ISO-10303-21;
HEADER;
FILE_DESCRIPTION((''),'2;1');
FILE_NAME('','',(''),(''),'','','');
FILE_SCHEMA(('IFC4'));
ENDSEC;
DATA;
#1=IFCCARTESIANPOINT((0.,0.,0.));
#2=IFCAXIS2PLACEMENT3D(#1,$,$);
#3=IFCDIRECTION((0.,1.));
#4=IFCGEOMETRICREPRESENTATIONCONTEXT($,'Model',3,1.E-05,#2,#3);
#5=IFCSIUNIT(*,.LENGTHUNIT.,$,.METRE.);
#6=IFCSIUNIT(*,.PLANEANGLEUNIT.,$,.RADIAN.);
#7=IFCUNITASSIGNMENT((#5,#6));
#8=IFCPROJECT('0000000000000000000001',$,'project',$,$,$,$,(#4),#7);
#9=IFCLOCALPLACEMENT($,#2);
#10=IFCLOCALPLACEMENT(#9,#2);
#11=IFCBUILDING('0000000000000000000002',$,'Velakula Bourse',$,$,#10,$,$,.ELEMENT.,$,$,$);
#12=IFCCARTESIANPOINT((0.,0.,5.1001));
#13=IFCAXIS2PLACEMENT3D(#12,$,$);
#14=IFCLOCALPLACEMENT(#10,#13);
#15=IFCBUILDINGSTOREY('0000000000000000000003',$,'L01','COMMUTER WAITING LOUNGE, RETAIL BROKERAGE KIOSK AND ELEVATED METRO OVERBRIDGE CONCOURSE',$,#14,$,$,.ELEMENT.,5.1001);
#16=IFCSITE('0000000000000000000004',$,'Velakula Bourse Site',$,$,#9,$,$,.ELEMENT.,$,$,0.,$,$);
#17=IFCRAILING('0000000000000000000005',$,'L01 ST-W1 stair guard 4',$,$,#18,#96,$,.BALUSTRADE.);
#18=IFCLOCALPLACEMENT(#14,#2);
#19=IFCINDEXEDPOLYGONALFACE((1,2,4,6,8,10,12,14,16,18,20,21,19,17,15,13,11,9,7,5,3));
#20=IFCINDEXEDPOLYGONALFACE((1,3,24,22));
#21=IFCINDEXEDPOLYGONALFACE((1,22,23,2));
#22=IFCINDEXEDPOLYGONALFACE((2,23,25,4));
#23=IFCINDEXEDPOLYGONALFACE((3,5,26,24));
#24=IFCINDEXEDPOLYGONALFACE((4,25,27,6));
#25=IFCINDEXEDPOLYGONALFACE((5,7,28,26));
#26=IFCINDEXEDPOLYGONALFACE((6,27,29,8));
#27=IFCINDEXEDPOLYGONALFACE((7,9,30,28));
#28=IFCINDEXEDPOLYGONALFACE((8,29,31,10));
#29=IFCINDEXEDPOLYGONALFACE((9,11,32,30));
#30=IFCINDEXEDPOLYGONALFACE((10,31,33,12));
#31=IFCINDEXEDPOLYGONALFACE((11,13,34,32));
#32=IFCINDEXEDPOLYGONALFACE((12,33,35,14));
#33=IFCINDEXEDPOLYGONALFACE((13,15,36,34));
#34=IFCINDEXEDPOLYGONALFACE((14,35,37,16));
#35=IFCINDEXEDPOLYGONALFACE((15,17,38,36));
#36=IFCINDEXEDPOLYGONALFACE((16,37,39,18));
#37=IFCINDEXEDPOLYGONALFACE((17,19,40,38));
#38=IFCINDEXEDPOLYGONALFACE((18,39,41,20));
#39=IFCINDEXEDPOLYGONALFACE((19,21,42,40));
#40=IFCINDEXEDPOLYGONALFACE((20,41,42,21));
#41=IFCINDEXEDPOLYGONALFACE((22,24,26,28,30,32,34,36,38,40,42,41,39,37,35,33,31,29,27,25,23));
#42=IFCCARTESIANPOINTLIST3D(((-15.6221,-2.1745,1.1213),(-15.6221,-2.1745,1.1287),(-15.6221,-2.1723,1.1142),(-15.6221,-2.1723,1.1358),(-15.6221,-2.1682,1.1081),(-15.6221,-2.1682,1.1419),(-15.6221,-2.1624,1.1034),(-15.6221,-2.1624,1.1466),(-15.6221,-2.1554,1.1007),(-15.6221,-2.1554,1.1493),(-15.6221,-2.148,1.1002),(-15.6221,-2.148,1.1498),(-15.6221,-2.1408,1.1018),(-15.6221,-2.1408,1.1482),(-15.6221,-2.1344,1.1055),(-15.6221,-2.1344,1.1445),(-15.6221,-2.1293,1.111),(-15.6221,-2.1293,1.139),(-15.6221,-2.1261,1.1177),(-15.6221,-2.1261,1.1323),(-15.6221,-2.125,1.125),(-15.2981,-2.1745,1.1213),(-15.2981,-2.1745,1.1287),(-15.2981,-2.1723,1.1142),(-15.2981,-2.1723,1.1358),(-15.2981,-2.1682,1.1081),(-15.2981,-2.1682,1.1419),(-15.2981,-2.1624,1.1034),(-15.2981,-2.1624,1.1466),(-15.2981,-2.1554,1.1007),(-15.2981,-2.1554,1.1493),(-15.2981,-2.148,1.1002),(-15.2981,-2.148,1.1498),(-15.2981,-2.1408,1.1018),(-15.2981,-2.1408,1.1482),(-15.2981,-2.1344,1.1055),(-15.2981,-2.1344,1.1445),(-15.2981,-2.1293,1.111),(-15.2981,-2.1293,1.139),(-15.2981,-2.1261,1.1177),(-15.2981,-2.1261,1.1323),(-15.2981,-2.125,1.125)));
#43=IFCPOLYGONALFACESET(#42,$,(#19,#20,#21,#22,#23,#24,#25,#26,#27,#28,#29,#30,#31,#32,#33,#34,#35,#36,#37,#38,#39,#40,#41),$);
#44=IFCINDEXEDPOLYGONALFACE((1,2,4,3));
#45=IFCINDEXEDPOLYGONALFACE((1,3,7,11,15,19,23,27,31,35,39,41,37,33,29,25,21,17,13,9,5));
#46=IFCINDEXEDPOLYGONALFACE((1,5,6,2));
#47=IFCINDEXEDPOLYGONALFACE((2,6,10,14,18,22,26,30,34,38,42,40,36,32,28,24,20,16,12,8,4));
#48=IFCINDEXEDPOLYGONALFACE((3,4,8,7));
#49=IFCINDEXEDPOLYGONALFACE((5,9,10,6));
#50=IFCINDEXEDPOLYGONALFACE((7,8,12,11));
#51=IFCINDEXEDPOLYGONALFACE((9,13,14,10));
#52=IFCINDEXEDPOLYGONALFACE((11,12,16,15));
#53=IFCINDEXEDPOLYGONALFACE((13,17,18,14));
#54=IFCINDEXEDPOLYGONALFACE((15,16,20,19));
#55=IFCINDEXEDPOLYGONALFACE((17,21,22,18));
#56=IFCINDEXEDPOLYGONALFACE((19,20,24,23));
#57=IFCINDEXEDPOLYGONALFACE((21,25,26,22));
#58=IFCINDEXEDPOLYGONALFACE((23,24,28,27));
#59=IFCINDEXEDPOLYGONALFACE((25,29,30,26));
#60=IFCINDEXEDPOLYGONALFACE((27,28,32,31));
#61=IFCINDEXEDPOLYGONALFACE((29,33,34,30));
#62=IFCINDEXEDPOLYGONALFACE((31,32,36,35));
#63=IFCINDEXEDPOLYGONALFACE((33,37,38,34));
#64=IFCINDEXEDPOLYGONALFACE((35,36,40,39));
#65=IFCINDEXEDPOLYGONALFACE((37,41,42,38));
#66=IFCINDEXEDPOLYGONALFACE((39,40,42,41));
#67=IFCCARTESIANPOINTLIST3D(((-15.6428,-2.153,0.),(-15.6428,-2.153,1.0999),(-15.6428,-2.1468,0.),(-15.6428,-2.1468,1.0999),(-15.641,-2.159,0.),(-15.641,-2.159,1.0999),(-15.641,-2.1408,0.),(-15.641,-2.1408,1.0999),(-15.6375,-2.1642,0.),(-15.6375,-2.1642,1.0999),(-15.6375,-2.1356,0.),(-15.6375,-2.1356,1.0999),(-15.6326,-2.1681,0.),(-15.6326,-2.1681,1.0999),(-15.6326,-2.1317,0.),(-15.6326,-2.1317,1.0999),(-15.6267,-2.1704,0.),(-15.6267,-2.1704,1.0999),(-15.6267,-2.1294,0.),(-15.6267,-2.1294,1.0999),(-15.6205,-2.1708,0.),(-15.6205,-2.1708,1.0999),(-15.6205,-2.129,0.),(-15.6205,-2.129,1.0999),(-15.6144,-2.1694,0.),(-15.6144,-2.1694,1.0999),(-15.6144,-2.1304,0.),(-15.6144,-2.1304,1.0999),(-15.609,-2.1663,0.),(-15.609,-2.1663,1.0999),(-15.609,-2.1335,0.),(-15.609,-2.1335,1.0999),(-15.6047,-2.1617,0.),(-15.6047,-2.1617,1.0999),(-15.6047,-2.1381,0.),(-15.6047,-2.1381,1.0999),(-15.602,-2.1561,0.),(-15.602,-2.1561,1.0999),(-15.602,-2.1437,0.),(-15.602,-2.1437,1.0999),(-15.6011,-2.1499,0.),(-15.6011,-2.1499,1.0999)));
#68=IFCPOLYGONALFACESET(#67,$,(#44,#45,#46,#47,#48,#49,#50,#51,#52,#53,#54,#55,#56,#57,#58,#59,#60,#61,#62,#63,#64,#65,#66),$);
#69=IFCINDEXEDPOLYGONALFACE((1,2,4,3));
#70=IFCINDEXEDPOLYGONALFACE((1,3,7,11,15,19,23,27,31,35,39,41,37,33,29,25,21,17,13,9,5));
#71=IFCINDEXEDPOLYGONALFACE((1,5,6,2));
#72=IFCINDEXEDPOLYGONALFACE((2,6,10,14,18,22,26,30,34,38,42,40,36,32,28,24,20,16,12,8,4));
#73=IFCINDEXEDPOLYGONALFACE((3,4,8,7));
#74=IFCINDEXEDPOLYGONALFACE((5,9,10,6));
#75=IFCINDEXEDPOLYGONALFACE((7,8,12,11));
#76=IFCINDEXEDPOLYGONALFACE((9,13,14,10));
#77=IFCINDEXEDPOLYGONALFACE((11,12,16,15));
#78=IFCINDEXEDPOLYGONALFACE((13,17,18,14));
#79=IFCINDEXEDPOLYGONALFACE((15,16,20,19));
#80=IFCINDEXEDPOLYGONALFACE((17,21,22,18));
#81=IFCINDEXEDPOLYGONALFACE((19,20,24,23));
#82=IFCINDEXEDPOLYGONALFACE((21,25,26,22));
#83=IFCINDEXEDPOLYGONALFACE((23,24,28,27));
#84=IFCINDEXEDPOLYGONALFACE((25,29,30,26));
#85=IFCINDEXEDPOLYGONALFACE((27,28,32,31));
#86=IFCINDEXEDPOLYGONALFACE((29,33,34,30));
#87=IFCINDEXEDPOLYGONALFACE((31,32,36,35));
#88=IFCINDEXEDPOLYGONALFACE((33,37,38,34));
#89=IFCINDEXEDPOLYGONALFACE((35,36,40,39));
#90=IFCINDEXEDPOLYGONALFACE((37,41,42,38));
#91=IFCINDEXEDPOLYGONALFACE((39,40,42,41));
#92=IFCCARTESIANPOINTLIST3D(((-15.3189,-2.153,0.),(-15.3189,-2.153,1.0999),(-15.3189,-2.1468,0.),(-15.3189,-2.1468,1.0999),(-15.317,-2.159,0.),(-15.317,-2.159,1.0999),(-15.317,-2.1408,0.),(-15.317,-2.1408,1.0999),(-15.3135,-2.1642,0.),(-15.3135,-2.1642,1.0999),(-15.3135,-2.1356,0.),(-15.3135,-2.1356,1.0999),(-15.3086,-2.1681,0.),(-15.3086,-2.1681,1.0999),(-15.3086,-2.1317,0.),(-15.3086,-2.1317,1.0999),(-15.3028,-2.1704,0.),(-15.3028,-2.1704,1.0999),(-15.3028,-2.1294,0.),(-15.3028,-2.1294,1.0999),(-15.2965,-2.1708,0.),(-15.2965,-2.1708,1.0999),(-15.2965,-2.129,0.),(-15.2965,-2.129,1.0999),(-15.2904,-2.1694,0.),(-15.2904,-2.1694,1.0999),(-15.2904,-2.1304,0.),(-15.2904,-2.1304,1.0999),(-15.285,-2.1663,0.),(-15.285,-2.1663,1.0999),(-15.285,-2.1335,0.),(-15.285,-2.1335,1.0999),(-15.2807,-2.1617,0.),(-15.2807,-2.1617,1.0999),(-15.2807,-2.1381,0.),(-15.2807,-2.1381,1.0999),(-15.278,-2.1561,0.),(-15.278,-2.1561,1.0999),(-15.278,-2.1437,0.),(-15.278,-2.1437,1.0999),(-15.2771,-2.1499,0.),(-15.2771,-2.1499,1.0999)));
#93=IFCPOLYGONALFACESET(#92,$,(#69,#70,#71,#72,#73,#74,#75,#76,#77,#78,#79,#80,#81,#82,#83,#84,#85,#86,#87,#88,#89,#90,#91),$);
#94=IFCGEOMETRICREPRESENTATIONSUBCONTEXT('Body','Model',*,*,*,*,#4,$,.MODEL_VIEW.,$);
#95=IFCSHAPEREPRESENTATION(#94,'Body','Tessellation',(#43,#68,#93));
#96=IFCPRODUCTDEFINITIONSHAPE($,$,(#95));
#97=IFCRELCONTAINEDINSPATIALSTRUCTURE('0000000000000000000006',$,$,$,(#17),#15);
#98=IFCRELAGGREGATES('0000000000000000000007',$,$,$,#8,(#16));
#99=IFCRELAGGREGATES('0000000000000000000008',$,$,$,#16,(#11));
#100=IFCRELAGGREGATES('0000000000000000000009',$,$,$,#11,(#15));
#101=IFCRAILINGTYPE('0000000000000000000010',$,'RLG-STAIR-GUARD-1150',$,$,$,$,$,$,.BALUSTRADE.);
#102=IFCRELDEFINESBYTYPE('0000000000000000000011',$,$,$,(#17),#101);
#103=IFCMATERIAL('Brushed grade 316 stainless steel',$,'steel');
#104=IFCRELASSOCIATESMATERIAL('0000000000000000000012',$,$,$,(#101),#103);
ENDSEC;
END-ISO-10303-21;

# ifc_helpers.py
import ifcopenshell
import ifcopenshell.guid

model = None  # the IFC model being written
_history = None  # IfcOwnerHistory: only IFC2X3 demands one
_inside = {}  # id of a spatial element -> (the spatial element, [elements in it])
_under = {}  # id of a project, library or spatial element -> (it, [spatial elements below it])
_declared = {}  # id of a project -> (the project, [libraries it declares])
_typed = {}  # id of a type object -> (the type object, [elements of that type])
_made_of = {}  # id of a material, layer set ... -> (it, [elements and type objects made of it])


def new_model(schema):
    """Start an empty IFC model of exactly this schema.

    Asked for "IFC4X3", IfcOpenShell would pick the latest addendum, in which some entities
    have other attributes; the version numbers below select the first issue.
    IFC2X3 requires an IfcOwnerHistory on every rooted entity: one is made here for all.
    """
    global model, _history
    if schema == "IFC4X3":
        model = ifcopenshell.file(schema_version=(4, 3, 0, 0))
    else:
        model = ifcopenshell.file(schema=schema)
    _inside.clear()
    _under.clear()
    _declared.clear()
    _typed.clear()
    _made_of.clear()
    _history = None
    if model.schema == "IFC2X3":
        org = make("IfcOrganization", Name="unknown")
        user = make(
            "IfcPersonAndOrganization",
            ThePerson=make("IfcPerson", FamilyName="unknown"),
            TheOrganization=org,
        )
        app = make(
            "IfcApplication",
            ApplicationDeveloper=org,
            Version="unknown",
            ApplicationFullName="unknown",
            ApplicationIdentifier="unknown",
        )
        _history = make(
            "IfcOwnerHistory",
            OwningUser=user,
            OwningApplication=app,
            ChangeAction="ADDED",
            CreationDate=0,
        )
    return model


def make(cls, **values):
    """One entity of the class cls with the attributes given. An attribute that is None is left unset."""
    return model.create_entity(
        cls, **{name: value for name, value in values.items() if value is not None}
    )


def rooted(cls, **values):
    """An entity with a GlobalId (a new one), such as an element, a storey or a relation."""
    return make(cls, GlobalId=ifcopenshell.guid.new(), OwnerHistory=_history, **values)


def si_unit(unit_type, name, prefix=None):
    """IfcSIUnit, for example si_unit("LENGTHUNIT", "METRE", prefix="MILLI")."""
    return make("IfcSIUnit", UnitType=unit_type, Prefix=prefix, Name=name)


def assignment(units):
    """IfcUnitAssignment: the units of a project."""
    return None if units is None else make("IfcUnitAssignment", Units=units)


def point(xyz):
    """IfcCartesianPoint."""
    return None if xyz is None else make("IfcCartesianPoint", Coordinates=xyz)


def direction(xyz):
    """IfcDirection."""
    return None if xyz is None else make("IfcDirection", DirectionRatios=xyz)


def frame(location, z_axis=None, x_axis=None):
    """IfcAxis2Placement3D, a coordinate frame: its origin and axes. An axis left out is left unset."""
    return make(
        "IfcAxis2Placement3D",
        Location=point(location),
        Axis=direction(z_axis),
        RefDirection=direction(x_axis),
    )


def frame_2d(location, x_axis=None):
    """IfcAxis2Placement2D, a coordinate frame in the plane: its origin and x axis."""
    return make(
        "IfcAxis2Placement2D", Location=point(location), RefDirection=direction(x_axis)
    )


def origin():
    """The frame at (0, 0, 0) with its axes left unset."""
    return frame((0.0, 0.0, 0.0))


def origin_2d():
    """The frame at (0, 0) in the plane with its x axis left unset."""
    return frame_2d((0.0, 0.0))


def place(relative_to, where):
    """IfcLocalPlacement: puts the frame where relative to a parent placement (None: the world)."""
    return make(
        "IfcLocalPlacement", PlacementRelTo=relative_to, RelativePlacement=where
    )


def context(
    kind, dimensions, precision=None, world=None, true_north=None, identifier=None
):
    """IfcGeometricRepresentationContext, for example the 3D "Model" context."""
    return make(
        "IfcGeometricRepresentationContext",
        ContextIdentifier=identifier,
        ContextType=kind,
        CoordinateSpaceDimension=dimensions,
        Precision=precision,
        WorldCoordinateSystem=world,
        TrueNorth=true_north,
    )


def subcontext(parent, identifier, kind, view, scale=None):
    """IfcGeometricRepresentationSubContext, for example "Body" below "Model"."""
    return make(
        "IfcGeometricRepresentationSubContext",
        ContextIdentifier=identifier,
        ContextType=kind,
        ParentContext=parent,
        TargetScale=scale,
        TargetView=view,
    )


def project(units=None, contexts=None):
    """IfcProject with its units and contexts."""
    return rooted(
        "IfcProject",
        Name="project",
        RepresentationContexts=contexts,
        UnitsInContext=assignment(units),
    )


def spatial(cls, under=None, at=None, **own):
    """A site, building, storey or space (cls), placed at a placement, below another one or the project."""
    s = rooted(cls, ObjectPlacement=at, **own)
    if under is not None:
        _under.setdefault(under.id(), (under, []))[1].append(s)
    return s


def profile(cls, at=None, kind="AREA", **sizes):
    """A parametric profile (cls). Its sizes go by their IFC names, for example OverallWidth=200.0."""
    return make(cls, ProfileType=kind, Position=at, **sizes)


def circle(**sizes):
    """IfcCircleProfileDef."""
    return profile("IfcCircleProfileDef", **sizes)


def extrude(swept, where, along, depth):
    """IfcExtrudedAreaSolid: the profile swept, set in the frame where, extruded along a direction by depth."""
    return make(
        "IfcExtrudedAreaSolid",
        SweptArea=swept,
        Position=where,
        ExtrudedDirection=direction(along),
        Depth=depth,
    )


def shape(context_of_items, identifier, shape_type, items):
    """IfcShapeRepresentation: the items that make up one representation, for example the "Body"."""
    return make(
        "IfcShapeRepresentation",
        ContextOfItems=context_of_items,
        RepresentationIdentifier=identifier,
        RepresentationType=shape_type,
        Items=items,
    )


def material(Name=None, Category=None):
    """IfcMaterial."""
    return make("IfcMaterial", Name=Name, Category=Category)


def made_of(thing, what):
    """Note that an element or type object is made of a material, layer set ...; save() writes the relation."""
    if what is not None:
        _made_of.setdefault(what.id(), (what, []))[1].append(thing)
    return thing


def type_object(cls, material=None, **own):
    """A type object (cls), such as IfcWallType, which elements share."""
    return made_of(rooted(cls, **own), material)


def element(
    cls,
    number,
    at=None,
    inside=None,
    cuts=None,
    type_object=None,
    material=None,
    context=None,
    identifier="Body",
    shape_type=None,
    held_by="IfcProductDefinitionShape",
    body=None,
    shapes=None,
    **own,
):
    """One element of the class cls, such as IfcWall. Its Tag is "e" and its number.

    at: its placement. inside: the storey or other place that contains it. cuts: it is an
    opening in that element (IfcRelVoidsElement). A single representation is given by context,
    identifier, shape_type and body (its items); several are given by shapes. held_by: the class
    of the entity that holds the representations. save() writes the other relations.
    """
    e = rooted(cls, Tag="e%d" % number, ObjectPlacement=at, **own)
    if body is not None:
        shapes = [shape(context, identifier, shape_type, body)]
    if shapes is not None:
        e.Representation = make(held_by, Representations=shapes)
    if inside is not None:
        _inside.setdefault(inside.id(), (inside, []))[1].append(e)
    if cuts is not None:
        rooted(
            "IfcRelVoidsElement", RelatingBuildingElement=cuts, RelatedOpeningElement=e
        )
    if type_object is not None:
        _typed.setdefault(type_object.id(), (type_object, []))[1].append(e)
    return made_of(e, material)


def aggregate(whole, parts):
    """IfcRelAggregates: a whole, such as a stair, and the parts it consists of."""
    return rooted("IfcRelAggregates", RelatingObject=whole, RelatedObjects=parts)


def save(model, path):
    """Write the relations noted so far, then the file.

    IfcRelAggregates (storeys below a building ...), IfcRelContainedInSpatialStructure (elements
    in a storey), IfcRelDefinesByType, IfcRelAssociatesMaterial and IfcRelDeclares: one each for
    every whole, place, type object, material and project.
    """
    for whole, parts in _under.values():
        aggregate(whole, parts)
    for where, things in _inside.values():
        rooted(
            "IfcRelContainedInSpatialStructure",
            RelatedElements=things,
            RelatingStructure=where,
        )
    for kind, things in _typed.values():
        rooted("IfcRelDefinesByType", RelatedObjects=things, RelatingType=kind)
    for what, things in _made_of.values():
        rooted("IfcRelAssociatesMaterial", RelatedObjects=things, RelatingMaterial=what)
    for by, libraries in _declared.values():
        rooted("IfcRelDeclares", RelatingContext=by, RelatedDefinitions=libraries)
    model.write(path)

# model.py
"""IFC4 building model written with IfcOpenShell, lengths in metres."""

from ifc_helpers import new_model, si_unit, direction, frame, origin, origin_2d, place, context, subcontext, project, spatial, circle, extrude, material, type_object, element, save


model = new_model("IFC4")

# Units and contexts
model_context = context("Model", 3, precision=1e-05, world=origin(), true_north=direction((0.0, 1.0)))
body_context = subcontext(model_context, "Body", "Model", "MODEL_VIEW")
ifc_project = project(units=[si_unit("LENGTHUNIT", "METRE"), si_unit("PLANEANGLEUNIT", "RADIAN")], contexts=[model_context])

# Site, building, storey
site_placement = place(None, origin())
site = spatial("IfcSite", under=ifc_project, at=site_placement, Name="Velakula Bourse Site", CompositionType="ELEMENT", RefElevation=0.0)
building_placement = place(site_placement, origin())
building = spatial("IfcBuilding", under=site, at=building_placement, Name="Velakula Bourse", CompositionType="ELEMENT")
storey_placement = place(building_placement, frame((0.0, 0.0, 5.1001)))
storey = spatial("IfcBuildingStorey", under=building, at=storey_placement, Name="L01", Description="COMMUTER WAITING LOUNGE, RETAIL BROKERAGE KIOSK AND ELEVATED METRO OVERBRIDGE CONCOURSE", CompositionType="ELEMENT", Elevation=5.1001)

# Shared definitions
ifc_material_1 = material(Name="Brushed grade 316 stainless steel", Category="steel")

# Railing
railing_type_1 = type_object("IfcRailingType", Name="RLG-STAIR-GUARD-1150", PredefinedType="BALUSTRADE", material=ifc_material_1)
railing_1_placement = place(storey_placement, frame((-15.6221, -2.1499, 0.0)))
element("IfcRailing", 1, at=railing_1_placement, inside=storey, type_object=railing_type_1, Name="L01 ST-W1 stair guard 4", PredefinedType="BALUSTRADE", context=body_context, shape_type="SweptSolid", body=[
    extrude(circle(Radius=0.0249, at=origin_2d()), frame((0.0, 0.0, 1.125), z_axis=(1.0, 0.0, 0.0), x_axis=(0.0, 1.0, 0.0)), (0.0, 0.0, 1.0), 0.324),
    extrude(circle(Radius=0.021, at=origin_2d()), origin(), (0.0, 0.0, 1.0), 1.0999),
    extrude(circle(Radius=0.021, at=origin_2d()), frame((0.324, 0.0, 0.0)), (0.0, 0.0, 1.0), 1.0999),
])

save(model, "model.ifc")
